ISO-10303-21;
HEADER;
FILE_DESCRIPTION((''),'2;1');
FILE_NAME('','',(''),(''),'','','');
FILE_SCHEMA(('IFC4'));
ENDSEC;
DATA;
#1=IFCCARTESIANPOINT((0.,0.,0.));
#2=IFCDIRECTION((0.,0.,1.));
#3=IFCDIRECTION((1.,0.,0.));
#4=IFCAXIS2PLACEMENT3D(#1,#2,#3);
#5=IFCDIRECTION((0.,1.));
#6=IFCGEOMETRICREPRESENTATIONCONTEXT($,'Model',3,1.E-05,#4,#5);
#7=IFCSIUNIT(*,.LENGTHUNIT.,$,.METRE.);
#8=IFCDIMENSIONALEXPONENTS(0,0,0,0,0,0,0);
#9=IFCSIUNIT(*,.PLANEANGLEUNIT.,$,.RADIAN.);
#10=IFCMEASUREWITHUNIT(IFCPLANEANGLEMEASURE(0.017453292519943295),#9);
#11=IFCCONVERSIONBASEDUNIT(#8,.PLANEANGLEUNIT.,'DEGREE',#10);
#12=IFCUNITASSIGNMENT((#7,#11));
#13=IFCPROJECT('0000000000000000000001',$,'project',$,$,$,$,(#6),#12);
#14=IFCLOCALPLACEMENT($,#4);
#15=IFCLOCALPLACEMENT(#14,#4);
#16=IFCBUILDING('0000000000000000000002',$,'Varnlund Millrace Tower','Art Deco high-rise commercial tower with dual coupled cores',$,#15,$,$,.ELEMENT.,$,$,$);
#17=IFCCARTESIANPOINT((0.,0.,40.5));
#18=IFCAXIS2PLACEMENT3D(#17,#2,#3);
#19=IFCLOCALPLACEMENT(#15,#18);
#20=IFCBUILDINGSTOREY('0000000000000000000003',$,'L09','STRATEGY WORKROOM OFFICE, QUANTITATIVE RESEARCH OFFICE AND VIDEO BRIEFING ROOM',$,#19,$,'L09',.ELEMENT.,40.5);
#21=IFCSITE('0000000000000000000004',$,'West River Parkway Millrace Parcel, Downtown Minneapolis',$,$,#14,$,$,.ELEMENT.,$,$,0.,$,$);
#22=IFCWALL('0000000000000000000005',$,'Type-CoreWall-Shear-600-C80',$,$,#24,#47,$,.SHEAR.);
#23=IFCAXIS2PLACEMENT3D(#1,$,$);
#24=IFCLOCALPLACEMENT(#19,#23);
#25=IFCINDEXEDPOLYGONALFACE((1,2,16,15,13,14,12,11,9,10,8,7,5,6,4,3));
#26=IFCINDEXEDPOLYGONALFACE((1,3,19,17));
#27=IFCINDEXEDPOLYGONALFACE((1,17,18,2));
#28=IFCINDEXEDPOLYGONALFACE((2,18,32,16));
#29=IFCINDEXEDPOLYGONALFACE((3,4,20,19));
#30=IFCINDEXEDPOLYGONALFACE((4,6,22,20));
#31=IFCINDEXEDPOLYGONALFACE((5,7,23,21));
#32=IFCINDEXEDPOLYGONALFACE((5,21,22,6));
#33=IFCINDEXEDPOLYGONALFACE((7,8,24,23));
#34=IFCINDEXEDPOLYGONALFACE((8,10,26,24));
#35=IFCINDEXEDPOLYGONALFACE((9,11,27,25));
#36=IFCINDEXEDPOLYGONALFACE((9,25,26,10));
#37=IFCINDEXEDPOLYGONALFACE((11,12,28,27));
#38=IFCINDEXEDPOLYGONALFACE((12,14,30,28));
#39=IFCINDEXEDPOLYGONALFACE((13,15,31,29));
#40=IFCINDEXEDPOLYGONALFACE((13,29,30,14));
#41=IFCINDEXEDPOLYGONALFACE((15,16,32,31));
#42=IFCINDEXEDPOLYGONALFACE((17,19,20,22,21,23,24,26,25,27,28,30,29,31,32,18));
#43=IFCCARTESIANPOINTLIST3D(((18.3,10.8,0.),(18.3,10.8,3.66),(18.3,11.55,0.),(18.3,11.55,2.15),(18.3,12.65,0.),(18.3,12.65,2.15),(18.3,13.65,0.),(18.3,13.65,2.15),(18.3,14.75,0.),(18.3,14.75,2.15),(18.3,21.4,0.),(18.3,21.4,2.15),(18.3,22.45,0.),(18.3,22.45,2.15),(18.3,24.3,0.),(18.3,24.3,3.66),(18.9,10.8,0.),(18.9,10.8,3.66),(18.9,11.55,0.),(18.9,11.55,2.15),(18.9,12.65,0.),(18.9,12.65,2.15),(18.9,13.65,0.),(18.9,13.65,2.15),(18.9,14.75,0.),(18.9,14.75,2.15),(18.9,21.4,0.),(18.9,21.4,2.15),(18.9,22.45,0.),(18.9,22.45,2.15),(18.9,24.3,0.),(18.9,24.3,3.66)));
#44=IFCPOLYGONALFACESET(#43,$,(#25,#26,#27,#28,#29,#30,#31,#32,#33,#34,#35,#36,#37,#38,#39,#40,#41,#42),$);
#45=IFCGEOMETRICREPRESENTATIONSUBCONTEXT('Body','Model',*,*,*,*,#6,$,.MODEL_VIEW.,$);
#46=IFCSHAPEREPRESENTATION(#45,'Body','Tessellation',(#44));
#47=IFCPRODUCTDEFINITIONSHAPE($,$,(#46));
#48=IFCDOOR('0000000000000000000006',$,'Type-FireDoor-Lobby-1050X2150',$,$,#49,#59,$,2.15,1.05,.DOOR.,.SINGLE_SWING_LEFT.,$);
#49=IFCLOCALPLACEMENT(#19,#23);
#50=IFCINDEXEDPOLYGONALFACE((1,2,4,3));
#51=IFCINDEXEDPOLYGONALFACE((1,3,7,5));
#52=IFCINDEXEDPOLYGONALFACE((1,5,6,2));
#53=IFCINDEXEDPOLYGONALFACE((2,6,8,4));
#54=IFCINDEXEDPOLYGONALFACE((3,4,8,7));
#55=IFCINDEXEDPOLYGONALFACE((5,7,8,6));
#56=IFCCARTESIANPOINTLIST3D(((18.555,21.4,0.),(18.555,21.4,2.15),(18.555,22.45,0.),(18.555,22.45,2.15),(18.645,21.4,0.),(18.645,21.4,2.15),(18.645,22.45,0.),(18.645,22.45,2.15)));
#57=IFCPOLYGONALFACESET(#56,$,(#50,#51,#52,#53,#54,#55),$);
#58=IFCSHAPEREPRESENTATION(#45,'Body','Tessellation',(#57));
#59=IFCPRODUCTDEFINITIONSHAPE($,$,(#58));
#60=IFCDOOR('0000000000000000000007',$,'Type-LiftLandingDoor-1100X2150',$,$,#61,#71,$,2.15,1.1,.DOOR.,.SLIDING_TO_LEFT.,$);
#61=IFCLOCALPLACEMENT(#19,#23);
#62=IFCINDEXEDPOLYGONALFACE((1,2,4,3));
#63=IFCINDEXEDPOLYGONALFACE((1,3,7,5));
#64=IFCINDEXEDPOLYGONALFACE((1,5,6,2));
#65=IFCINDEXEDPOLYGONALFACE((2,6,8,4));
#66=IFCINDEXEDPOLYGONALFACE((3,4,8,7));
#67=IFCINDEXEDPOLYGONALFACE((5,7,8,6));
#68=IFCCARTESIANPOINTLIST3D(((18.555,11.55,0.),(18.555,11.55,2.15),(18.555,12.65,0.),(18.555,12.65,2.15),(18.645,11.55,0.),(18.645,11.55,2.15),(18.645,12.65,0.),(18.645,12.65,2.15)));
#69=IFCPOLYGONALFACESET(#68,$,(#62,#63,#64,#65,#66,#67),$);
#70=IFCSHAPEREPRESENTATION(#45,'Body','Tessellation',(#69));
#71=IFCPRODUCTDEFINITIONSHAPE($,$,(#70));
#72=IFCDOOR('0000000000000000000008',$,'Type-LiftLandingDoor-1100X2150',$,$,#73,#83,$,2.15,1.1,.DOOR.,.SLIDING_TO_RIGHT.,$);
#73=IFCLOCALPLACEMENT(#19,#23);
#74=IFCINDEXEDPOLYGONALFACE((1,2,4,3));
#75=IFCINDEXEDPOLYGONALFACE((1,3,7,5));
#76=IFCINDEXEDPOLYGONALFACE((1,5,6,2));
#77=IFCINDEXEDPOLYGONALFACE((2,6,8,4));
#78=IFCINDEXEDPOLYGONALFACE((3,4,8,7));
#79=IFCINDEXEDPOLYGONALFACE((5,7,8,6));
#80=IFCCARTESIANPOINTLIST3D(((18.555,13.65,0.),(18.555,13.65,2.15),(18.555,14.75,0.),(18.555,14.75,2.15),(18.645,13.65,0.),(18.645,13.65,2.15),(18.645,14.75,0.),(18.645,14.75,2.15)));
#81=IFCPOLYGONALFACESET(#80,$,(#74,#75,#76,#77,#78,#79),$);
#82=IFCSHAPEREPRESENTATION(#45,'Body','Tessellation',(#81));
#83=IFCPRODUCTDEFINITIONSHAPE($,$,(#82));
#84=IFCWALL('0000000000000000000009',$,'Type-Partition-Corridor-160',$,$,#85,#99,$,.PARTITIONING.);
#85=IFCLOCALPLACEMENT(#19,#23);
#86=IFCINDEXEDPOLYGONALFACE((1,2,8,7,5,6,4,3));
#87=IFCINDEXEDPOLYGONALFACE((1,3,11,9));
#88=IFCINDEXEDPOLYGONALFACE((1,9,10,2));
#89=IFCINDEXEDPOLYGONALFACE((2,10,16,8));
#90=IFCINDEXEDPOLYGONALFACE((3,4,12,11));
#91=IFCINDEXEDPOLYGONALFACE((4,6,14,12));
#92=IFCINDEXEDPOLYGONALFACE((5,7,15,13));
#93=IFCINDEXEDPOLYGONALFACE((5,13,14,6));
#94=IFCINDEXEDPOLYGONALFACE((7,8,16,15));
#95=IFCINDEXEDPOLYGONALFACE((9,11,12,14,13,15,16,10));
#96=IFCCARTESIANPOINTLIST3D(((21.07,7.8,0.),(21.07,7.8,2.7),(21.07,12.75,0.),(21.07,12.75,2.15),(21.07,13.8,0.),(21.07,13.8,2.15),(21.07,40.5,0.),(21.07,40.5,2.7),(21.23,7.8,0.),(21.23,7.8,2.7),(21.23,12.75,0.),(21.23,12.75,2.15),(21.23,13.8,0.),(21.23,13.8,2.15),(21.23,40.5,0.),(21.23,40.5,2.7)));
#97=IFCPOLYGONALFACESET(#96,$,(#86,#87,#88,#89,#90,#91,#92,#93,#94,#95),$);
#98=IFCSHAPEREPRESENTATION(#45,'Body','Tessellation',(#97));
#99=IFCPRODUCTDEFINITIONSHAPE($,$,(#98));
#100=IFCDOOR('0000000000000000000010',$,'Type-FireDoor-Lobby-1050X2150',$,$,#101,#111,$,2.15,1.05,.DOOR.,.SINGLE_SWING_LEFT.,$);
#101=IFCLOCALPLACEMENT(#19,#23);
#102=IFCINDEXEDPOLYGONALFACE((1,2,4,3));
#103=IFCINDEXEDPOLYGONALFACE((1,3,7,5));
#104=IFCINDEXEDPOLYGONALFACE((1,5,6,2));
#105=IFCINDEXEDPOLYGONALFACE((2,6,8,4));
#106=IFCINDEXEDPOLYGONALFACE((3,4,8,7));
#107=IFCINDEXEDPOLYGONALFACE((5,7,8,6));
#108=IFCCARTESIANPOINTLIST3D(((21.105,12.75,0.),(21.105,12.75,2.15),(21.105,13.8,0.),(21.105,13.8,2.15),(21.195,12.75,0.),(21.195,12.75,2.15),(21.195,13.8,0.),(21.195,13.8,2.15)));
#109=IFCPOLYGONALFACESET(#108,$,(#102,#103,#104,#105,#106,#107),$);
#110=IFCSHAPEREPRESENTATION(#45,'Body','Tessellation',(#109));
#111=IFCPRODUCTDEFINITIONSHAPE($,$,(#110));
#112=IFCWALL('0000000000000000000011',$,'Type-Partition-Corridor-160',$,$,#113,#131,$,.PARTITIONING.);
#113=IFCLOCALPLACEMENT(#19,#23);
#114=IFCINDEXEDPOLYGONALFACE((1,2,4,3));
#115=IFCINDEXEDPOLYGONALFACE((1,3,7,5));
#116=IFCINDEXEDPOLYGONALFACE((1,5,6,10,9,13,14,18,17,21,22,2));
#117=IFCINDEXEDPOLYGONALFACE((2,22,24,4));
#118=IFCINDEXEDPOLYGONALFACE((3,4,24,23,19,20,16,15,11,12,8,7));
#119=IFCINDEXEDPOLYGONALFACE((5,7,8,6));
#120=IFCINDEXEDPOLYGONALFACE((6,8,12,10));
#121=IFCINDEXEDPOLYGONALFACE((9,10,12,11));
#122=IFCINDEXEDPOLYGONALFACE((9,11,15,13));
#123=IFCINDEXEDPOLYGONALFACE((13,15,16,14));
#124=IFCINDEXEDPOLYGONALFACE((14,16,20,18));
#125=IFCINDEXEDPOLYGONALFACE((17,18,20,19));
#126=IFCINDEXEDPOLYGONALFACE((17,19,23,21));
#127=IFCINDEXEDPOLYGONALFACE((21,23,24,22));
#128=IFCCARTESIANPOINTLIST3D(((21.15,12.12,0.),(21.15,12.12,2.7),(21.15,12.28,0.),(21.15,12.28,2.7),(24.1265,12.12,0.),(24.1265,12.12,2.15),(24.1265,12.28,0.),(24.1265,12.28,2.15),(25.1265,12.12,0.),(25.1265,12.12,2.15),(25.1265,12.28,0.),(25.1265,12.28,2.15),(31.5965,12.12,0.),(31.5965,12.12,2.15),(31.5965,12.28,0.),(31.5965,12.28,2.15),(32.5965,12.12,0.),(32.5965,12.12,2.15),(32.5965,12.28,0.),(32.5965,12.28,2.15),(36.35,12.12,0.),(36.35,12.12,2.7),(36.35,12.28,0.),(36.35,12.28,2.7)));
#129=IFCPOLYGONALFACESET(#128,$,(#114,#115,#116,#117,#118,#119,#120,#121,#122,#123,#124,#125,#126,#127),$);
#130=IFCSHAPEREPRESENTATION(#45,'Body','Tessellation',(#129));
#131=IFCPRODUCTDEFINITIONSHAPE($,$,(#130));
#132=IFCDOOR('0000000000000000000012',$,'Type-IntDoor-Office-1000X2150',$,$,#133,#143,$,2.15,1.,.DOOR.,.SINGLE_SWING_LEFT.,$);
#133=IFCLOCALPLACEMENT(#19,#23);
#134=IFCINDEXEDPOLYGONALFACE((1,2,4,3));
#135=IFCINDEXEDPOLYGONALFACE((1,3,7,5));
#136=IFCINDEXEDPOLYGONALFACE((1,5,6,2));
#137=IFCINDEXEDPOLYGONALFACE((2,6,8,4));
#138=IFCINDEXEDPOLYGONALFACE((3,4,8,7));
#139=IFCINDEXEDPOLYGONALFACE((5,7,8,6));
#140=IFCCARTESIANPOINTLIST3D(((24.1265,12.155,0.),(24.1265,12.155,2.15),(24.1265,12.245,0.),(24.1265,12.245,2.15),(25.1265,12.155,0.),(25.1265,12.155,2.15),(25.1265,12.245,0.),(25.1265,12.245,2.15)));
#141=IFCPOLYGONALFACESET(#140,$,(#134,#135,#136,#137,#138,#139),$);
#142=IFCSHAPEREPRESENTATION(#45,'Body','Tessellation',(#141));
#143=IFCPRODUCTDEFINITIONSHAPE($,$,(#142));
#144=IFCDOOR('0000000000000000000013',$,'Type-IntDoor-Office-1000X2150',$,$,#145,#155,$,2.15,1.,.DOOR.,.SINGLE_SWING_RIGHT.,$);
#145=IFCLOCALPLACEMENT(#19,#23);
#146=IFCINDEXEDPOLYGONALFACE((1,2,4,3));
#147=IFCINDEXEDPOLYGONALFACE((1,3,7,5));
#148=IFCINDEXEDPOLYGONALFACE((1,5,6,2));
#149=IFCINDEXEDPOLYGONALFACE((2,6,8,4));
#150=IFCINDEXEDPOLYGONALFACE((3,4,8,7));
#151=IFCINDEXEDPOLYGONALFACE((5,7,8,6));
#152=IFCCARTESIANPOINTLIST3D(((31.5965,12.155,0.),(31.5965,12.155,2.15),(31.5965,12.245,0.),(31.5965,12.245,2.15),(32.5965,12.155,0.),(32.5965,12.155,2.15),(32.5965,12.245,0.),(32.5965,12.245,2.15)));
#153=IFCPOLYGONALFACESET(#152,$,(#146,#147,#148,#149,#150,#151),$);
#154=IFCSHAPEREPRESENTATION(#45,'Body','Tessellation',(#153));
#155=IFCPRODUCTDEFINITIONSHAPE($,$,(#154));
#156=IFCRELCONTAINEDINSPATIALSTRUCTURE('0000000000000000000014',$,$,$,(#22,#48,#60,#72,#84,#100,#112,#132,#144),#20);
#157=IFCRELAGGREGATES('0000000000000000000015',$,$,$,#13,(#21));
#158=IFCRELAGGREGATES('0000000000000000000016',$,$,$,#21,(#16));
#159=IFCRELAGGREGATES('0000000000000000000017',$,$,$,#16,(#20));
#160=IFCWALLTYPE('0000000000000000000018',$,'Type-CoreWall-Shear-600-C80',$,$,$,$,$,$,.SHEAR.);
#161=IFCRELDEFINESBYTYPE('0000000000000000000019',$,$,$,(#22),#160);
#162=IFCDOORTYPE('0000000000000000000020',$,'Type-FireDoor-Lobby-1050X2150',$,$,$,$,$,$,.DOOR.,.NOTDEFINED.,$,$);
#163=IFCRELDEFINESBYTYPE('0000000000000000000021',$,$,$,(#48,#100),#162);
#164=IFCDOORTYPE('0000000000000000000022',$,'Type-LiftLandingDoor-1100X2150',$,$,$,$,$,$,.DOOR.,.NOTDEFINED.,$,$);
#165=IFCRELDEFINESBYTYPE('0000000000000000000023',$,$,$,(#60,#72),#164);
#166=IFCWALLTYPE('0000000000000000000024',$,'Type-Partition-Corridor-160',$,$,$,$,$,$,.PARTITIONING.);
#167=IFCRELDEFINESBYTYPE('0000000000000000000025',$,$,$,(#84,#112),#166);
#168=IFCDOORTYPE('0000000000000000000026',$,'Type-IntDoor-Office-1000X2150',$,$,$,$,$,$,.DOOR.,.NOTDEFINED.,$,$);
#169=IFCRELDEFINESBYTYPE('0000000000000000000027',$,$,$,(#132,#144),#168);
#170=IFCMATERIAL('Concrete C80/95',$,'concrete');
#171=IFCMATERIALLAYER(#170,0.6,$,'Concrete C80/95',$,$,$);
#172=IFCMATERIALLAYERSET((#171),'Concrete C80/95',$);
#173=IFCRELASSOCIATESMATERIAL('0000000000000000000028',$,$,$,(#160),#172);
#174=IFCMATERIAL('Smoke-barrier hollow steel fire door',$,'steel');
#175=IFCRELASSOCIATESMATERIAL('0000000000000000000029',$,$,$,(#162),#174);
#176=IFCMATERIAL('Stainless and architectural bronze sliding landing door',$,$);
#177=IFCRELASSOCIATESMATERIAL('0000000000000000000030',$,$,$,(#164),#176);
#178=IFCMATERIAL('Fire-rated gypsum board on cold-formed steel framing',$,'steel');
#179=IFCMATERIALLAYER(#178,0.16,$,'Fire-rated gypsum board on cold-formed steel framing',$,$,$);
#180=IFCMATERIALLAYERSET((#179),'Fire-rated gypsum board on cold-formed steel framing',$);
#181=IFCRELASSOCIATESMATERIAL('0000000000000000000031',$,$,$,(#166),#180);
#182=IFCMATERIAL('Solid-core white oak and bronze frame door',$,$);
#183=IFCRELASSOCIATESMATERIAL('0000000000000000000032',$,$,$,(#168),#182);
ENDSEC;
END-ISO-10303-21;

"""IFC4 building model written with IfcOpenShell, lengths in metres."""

from ifc_helpers import new_model, entity, si_unit, converted_unit, direction, frame, origin_with_axes, origin_2d_with_axis, place, context, subcontext, project, spatial, polyline, rectangle, outline, extrude, material, layer, layer_set, type_object, element, fill, save


model = new_model("IFC4")

# Units and contexts
model_context = context("Model", 3, precision=1e-05, world=origin_with_axes(), true_north=direction((0.0, 1.0)))
body_context = subcontext(model_context, "Body", "Model", "MODEL_VIEW")
ifc_project = project(units=[si_unit("LENGTHUNIT", "METRE"), converted_unit("PLANEANGLEUNIT", "DEGREE", entity("IfcPlaneAngleMeasure", 0.017453292519943295), si_unit("PLANEANGLEUNIT", "RADIAN"), dimensions=[0, 0, 0, 0, 0, 0, 0])], contexts=[model_context])

# Site, building, storey
site_placement = place(None, origin_with_axes())
site = spatial("IfcSite", under=ifc_project, at=site_placement, Name="West River Parkway Millrace Parcel, Downtown Minneapolis", CompositionType="ELEMENT", RefElevation=0.0)
building_placement = place(site_placement, origin_with_axes())
building = spatial("IfcBuilding", under=site, at=building_placement, Name="Varnlund Millrace Tower", Description="Art Deco high-rise commercial tower with dual coupled cores", CompositionType="ELEMENT")
storey_placement = place(building_placement, frame((0.0, 0.0, 40.5), z_axis=(0.0, 0.0, 1.0), x_axis=(1.0, 0.0, 0.0)))
storey = spatial("IfcBuildingStorey", under=building, at=storey_placement, Name="L09", Description="STRATEGY WORKROOM OFFICE, QUANTITATIVE RESEARCH OFFICE AND VIDEO BRIEFING ROOM", LongName="L09", CompositionType="ELEMENT", Elevation=40.5)

# Shared definitions
ifc_material_1 = material(Name="Concrete C80/95", Category="concrete")

# Wall, openings, doors
ifc_layer_1 = layer(ifc_material_1, 0.6, Name="Concrete C80/95")
ifc_layer_set_1 = layer_set([ifc_layer_1], Name="Concrete C80/95")
wall_type_1 = type_object("IfcWallType", Name="Type-CoreWall-Shear-600-C80", PredefinedType="SHEAR", material=ifc_layer_set_1)
wall_1_placement = place(storey_placement, frame((18.6, 10.8, 0.0), z_axis=(0.0, 0.0, 1.0), x_axis=(0.0, 1.0, 0.0)))
wall_1 = element("IfcWall", 1, at=wall_1_placement, inside=storey, type_object=wall_type_1, Name="Type-CoreWall-Shear-600-C80", PredefinedType="SHEAR", context=body_context, shape_type="SweptSolid", body=[
    extrude(outline(polyline([(0.0, -0.3), (13.5, -0.3), (13.5, 0.3), (0.0, 0.3), (0.0, -0.3)])), origin_with_axes(), (0.0, 0.0, 1.0), 3.66),
])
opening_1_placement = place(wall_1_placement, frame((1.3, 0.0, 0.0), z_axis=(0.0, 0.0, 1.0), x_axis=(1.0, 0.0, 0.0)))
opening_1 = element("IfcOpeningElement", 2, at=opening_1_placement, cuts=wall_1, PredefinedType="OPENING", context=body_context, shape_type="SweptSolid", body=[
    extrude(rectangle(XDim=1.1, YDim=0.62, at=origin_2d_with_axis()), origin_with_axes(), (0.0, 0.0, 1.0), 2.15),
])
opening_2_placement = place(wall_1_placement, frame((3.4, 0.0, 0.0), z_axis=(0.0, 0.0, 1.0), x_axis=(1.0, 0.0, 0.0)))
opening_2 = element("IfcOpeningElement", 3, at=opening_2_placement, cuts=wall_1, PredefinedType="OPENING", context=body_context, shape_type="SweptSolid", body=[
    extrude(rectangle(XDim=1.1, YDim=0.62, at=origin_2d_with_axis()), origin_with_axes(), (0.0, 0.0, 1.0), 2.15),
])
opening_3_placement = place(wall_1_placement, frame((11.125, 0.0, 0.0), z_axis=(0.0, 0.0, 1.0), x_axis=(1.0, 0.0, 0.0)))
opening_3 = element("IfcOpeningElement", 4, at=opening_3_placement, cuts=wall_1, PredefinedType="OPENING", context=body_context, shape_type="SweptSolid", body=[
    extrude(rectangle(XDim=1.05, YDim=0.62, at=origin_2d_with_axis()), origin_with_axes(), (0.0, 0.0, 1.0), 2.15),
])
ifc_material_2 = material(Name="Smoke-barrier hollow steel fire door", Category="steel")
door_type_1 = type_object("IfcDoorType", Name="Type-FireDoor-Lobby-1050X2150", OperationType="NOTDEFINED", PredefinedType="DOOR", material=ifc_material_2)
door_1_placement = place(wall_1_placement, frame((11.125, 0.0, 0.0), z_axis=(0.0, 0.0, 1.0), x_axis=(1.0, 0.0, 0.0)))
door_1 = element("IfcDoor", 5, at=door_1_placement, inside=storey, type_object=door_type_1, Name="Type-FireDoor-Lobby-1050X2150", OperationType="SINGLE_SWING_LEFT", OverallHeight=2.15, OverallWidth=1.05, PredefinedType="DOOR", context=body_context, shape_type="SweptSolid", body=[
    extrude(rectangle(XDim=1.05, YDim=0.09, at=origin_2d_with_axis()), origin_with_axes(), (0.0, 0.0, 1.0), 2.15),
])
fill(opening_3, door_1)
ifc_material_3 = material(Name="Stainless and architectural bronze sliding landing door")
door_type_2 = type_object("IfcDoorType", Name="Type-LiftLandingDoor-1100X2150", OperationType="NOTDEFINED", PredefinedType="DOOR", material=ifc_material_3)
door_2_placement = place(wall_1_placement, frame((1.3, 0.0, 0.0), z_axis=(0.0, 0.0, 1.0), x_axis=(1.0, 0.0, 0.0)))
door_2 = element("IfcDoor", 6, at=door_2_placement, inside=storey, type_object=door_type_2, Name="Type-LiftLandingDoor-1100X2150", OperationType="SLIDING_TO_LEFT", OverallHeight=2.15, OverallWidth=1.1, PredefinedType="DOOR", context=body_context, shape_type="SweptSolid", body=[
    extrude(rectangle(XDim=1.1, YDim=0.09, at=origin_2d_with_axis()), origin_with_axes(), (0.0, 0.0, 1.0), 2.15),
])
fill(opening_1, door_2)
door_3_placement = place(wall_1_placement, frame((3.4, 0.0, 0.0), z_axis=(0.0, 0.0, 1.0), x_axis=(1.0, 0.0, 0.0)))
door_3 = element("IfcDoor", 7, at=door_3_placement, inside=storey, type_object=door_type_2, Name="Type-LiftLandingDoor-1100X2150", OperationType="SLIDING_TO_RIGHT", OverallHeight=2.15, OverallWidth=1.1, PredefinedType="DOOR", context=body_context, shape_type="SweptSolid", body=[
    extrude(rectangle(XDim=1.1, YDim=0.09, at=origin_2d_with_axis()), origin_with_axes(), (0.0, 0.0, 1.0), 2.15),
])
fill(opening_2, door_3)

# Wall, opening, door
ifc_material_4 = material(Name="Fire-rated gypsum board on cold-formed steel framing", Category="steel")
ifc_layer_2 = layer(ifc_material_4, 0.16, Name="Fire-rated gypsum board on cold-formed steel framing")
ifc_layer_set_2 = layer_set([ifc_layer_2], Name="Fire-rated gypsum board on cold-formed steel framing")
wall_type_2 = type_object("IfcWallType", Name="Type-Partition-Corridor-160", PredefinedType="PARTITIONING", material=ifc_layer_set_2)
wall_2_placement = place(storey_placement, frame((21.15, 7.8, 0.0), z_axis=(0.0, 0.0, 1.0), x_axis=(0.0, 1.0, 0.0)))
wall_2 = element("IfcWall", 8, at=wall_2_placement, inside=storey, type_object=wall_type_2, Name="Type-Partition-Corridor-160", PredefinedType="PARTITIONING", context=body_context, shape_type="SweptSolid", body=[
    extrude(outline(polyline([(0.0, -0.08), (32.7, -0.08), (32.7, 0.08), (0.0, 0.08), (0.0, -0.08)])), origin_with_axes(), (0.0, 0.0, 1.0), 2.7),
])
opening_4_placement = place(wall_2_placement, frame((5.475, 0.0, 0.0), z_axis=(0.0, 0.0, 1.0), x_axis=(1.0, 0.0, 0.0)))
opening_4 = element("IfcOpeningElement", 9, at=opening_4_placement, cuts=wall_2, PredefinedType="OPENING", context=body_context, shape_type="SweptSolid", body=[
    extrude(rectangle(XDim=1.05, YDim=0.18, at=origin_2d_with_axis()), origin_with_axes(), (0.0, 0.0, 1.0), 2.15),
])
door_4_placement = place(wall_2_placement, frame((5.475, 0.0, 0.0), z_axis=(0.0, 0.0, 1.0), x_axis=(1.0, 0.0, 0.0)))
door_4 = element("IfcDoor", 10, at=door_4_placement, inside=storey, type_object=door_type_1, Name="Type-FireDoor-Lobby-1050X2150", OperationType="SINGLE_SWING_LEFT", OverallHeight=2.15, OverallWidth=1.05, PredefinedType="DOOR", context=body_context, shape_type="SweptSolid", body=[
    extrude(rectangle(XDim=1.05, YDim=0.09, at=origin_2d_with_axis()), origin_with_axes(), (0.0, 0.0, 1.0), 2.15),
])
fill(opening_4, door_4)

# Wall, openings, doors
wall_3_placement = place(storey_placement, frame((21.15, 12.2, 0.0), z_axis=(0.0, 0.0, 1.0), x_axis=(1.0, 0.0, 0.0)))
wall_3 = element("IfcWall", 11, at=wall_3_placement, inside=storey, type_object=wall_type_2, Name="Type-Partition-Corridor-160", PredefinedType="PARTITIONING", context=body_context, shape_type="SweptSolid", body=[
    extrude(outline(polyline([(0.0, -0.08), (15.2, -0.08), (15.2, 0.08), (0.0, 0.08), (0.0, -0.08)])), origin_with_axes(), (0.0, 0.0, 1.0), 2.7),
])
opening_5_placement = place(wall_3_placement, frame((3.4765, 0.0, 0.0), z_axis=(0.0, 0.0, 1.0), x_axis=(1.0, 0.0, 0.0)))
opening_5 = element("IfcOpeningElement", 12, at=opening_5_placement, cuts=wall_3, PredefinedType="OPENING", context=body_context, shape_type="SweptSolid", body=[
    extrude(rectangle(XDim=1.0, YDim=0.18, at=origin_2d_with_axis()), origin_with_axes(), (0.0, 0.0, 1.0), 2.15),
])
opening_6_placement = place(wall_3_placement, frame((10.9465, 0.0, 0.0), z_axis=(0.0, 0.0, 1.0), x_axis=(1.0, 0.0, 0.0)))
opening_6 = element("IfcOpeningElement", 13, at=opening_6_placement, cuts=wall_3, PredefinedType="OPENING", context=body_context, shape_type="SweptSolid", body=[
    extrude(rectangle(XDim=1.0, YDim=0.18, at=origin_2d_with_axis()), origin_with_axes(), (0.0, 0.0, 1.0), 2.15),
])
ifc_material_5 = material(Name="Solid-core white oak and bronze frame door")
door_type_3 = type_object("IfcDoorType", Name="Type-IntDoor-Office-1000X2150", OperationType="NOTDEFINED", PredefinedType="DOOR", material=ifc_material_5)
door_5_placement = place(wall_3_placement, frame((3.4765, 0.0, 0.0), z_axis=(0.0, 0.0, 1.0), x_axis=(1.0, 0.0, 0.0)))
door_5 = element("IfcDoor", 14, at=door_5_placement, inside=storey, type_object=door_type_3, Name="Type-IntDoor-Office-1000X2150", OperationType="SINGLE_SWING_LEFT", OverallHeight=2.15, OverallWidth=1.0, PredefinedType="DOOR", context=body_context, shape_type="SweptSolid", body=[
    extrude(rectangle(XDim=1.0, YDim=0.09, at=origin_2d_with_axis()), origin_with_axes(), (0.0, 0.0, 1.0), 2.15),
])
fill(opening_5, door_5)
door_6_placement = place(wall_3_placement, frame((10.9465, 0.0, 0.0), z_axis=(0.0, 0.0, 1.0), x_axis=(1.0, 0.0, 0.0)))
door_6 = element("IfcDoor", 15, at=door_6_placement, inside=storey, type_object=door_type_3, Name="Type-IntDoor-Office-1000X2150", OperationType="SINGLE_SWING_RIGHT", OverallHeight=2.15, OverallWidth=1.0, PredefinedType="DOOR", context=body_context, shape_type="SweptSolid", body=[
    extrude(rectangle(XDim=1.0, YDim=0.09, at=origin_2d_with_axis()), origin_with_axes(), (0.0, 0.0, 1.0), 2.15),
])
fill(opening_6, door_6)

save(model, "model.ifc")
